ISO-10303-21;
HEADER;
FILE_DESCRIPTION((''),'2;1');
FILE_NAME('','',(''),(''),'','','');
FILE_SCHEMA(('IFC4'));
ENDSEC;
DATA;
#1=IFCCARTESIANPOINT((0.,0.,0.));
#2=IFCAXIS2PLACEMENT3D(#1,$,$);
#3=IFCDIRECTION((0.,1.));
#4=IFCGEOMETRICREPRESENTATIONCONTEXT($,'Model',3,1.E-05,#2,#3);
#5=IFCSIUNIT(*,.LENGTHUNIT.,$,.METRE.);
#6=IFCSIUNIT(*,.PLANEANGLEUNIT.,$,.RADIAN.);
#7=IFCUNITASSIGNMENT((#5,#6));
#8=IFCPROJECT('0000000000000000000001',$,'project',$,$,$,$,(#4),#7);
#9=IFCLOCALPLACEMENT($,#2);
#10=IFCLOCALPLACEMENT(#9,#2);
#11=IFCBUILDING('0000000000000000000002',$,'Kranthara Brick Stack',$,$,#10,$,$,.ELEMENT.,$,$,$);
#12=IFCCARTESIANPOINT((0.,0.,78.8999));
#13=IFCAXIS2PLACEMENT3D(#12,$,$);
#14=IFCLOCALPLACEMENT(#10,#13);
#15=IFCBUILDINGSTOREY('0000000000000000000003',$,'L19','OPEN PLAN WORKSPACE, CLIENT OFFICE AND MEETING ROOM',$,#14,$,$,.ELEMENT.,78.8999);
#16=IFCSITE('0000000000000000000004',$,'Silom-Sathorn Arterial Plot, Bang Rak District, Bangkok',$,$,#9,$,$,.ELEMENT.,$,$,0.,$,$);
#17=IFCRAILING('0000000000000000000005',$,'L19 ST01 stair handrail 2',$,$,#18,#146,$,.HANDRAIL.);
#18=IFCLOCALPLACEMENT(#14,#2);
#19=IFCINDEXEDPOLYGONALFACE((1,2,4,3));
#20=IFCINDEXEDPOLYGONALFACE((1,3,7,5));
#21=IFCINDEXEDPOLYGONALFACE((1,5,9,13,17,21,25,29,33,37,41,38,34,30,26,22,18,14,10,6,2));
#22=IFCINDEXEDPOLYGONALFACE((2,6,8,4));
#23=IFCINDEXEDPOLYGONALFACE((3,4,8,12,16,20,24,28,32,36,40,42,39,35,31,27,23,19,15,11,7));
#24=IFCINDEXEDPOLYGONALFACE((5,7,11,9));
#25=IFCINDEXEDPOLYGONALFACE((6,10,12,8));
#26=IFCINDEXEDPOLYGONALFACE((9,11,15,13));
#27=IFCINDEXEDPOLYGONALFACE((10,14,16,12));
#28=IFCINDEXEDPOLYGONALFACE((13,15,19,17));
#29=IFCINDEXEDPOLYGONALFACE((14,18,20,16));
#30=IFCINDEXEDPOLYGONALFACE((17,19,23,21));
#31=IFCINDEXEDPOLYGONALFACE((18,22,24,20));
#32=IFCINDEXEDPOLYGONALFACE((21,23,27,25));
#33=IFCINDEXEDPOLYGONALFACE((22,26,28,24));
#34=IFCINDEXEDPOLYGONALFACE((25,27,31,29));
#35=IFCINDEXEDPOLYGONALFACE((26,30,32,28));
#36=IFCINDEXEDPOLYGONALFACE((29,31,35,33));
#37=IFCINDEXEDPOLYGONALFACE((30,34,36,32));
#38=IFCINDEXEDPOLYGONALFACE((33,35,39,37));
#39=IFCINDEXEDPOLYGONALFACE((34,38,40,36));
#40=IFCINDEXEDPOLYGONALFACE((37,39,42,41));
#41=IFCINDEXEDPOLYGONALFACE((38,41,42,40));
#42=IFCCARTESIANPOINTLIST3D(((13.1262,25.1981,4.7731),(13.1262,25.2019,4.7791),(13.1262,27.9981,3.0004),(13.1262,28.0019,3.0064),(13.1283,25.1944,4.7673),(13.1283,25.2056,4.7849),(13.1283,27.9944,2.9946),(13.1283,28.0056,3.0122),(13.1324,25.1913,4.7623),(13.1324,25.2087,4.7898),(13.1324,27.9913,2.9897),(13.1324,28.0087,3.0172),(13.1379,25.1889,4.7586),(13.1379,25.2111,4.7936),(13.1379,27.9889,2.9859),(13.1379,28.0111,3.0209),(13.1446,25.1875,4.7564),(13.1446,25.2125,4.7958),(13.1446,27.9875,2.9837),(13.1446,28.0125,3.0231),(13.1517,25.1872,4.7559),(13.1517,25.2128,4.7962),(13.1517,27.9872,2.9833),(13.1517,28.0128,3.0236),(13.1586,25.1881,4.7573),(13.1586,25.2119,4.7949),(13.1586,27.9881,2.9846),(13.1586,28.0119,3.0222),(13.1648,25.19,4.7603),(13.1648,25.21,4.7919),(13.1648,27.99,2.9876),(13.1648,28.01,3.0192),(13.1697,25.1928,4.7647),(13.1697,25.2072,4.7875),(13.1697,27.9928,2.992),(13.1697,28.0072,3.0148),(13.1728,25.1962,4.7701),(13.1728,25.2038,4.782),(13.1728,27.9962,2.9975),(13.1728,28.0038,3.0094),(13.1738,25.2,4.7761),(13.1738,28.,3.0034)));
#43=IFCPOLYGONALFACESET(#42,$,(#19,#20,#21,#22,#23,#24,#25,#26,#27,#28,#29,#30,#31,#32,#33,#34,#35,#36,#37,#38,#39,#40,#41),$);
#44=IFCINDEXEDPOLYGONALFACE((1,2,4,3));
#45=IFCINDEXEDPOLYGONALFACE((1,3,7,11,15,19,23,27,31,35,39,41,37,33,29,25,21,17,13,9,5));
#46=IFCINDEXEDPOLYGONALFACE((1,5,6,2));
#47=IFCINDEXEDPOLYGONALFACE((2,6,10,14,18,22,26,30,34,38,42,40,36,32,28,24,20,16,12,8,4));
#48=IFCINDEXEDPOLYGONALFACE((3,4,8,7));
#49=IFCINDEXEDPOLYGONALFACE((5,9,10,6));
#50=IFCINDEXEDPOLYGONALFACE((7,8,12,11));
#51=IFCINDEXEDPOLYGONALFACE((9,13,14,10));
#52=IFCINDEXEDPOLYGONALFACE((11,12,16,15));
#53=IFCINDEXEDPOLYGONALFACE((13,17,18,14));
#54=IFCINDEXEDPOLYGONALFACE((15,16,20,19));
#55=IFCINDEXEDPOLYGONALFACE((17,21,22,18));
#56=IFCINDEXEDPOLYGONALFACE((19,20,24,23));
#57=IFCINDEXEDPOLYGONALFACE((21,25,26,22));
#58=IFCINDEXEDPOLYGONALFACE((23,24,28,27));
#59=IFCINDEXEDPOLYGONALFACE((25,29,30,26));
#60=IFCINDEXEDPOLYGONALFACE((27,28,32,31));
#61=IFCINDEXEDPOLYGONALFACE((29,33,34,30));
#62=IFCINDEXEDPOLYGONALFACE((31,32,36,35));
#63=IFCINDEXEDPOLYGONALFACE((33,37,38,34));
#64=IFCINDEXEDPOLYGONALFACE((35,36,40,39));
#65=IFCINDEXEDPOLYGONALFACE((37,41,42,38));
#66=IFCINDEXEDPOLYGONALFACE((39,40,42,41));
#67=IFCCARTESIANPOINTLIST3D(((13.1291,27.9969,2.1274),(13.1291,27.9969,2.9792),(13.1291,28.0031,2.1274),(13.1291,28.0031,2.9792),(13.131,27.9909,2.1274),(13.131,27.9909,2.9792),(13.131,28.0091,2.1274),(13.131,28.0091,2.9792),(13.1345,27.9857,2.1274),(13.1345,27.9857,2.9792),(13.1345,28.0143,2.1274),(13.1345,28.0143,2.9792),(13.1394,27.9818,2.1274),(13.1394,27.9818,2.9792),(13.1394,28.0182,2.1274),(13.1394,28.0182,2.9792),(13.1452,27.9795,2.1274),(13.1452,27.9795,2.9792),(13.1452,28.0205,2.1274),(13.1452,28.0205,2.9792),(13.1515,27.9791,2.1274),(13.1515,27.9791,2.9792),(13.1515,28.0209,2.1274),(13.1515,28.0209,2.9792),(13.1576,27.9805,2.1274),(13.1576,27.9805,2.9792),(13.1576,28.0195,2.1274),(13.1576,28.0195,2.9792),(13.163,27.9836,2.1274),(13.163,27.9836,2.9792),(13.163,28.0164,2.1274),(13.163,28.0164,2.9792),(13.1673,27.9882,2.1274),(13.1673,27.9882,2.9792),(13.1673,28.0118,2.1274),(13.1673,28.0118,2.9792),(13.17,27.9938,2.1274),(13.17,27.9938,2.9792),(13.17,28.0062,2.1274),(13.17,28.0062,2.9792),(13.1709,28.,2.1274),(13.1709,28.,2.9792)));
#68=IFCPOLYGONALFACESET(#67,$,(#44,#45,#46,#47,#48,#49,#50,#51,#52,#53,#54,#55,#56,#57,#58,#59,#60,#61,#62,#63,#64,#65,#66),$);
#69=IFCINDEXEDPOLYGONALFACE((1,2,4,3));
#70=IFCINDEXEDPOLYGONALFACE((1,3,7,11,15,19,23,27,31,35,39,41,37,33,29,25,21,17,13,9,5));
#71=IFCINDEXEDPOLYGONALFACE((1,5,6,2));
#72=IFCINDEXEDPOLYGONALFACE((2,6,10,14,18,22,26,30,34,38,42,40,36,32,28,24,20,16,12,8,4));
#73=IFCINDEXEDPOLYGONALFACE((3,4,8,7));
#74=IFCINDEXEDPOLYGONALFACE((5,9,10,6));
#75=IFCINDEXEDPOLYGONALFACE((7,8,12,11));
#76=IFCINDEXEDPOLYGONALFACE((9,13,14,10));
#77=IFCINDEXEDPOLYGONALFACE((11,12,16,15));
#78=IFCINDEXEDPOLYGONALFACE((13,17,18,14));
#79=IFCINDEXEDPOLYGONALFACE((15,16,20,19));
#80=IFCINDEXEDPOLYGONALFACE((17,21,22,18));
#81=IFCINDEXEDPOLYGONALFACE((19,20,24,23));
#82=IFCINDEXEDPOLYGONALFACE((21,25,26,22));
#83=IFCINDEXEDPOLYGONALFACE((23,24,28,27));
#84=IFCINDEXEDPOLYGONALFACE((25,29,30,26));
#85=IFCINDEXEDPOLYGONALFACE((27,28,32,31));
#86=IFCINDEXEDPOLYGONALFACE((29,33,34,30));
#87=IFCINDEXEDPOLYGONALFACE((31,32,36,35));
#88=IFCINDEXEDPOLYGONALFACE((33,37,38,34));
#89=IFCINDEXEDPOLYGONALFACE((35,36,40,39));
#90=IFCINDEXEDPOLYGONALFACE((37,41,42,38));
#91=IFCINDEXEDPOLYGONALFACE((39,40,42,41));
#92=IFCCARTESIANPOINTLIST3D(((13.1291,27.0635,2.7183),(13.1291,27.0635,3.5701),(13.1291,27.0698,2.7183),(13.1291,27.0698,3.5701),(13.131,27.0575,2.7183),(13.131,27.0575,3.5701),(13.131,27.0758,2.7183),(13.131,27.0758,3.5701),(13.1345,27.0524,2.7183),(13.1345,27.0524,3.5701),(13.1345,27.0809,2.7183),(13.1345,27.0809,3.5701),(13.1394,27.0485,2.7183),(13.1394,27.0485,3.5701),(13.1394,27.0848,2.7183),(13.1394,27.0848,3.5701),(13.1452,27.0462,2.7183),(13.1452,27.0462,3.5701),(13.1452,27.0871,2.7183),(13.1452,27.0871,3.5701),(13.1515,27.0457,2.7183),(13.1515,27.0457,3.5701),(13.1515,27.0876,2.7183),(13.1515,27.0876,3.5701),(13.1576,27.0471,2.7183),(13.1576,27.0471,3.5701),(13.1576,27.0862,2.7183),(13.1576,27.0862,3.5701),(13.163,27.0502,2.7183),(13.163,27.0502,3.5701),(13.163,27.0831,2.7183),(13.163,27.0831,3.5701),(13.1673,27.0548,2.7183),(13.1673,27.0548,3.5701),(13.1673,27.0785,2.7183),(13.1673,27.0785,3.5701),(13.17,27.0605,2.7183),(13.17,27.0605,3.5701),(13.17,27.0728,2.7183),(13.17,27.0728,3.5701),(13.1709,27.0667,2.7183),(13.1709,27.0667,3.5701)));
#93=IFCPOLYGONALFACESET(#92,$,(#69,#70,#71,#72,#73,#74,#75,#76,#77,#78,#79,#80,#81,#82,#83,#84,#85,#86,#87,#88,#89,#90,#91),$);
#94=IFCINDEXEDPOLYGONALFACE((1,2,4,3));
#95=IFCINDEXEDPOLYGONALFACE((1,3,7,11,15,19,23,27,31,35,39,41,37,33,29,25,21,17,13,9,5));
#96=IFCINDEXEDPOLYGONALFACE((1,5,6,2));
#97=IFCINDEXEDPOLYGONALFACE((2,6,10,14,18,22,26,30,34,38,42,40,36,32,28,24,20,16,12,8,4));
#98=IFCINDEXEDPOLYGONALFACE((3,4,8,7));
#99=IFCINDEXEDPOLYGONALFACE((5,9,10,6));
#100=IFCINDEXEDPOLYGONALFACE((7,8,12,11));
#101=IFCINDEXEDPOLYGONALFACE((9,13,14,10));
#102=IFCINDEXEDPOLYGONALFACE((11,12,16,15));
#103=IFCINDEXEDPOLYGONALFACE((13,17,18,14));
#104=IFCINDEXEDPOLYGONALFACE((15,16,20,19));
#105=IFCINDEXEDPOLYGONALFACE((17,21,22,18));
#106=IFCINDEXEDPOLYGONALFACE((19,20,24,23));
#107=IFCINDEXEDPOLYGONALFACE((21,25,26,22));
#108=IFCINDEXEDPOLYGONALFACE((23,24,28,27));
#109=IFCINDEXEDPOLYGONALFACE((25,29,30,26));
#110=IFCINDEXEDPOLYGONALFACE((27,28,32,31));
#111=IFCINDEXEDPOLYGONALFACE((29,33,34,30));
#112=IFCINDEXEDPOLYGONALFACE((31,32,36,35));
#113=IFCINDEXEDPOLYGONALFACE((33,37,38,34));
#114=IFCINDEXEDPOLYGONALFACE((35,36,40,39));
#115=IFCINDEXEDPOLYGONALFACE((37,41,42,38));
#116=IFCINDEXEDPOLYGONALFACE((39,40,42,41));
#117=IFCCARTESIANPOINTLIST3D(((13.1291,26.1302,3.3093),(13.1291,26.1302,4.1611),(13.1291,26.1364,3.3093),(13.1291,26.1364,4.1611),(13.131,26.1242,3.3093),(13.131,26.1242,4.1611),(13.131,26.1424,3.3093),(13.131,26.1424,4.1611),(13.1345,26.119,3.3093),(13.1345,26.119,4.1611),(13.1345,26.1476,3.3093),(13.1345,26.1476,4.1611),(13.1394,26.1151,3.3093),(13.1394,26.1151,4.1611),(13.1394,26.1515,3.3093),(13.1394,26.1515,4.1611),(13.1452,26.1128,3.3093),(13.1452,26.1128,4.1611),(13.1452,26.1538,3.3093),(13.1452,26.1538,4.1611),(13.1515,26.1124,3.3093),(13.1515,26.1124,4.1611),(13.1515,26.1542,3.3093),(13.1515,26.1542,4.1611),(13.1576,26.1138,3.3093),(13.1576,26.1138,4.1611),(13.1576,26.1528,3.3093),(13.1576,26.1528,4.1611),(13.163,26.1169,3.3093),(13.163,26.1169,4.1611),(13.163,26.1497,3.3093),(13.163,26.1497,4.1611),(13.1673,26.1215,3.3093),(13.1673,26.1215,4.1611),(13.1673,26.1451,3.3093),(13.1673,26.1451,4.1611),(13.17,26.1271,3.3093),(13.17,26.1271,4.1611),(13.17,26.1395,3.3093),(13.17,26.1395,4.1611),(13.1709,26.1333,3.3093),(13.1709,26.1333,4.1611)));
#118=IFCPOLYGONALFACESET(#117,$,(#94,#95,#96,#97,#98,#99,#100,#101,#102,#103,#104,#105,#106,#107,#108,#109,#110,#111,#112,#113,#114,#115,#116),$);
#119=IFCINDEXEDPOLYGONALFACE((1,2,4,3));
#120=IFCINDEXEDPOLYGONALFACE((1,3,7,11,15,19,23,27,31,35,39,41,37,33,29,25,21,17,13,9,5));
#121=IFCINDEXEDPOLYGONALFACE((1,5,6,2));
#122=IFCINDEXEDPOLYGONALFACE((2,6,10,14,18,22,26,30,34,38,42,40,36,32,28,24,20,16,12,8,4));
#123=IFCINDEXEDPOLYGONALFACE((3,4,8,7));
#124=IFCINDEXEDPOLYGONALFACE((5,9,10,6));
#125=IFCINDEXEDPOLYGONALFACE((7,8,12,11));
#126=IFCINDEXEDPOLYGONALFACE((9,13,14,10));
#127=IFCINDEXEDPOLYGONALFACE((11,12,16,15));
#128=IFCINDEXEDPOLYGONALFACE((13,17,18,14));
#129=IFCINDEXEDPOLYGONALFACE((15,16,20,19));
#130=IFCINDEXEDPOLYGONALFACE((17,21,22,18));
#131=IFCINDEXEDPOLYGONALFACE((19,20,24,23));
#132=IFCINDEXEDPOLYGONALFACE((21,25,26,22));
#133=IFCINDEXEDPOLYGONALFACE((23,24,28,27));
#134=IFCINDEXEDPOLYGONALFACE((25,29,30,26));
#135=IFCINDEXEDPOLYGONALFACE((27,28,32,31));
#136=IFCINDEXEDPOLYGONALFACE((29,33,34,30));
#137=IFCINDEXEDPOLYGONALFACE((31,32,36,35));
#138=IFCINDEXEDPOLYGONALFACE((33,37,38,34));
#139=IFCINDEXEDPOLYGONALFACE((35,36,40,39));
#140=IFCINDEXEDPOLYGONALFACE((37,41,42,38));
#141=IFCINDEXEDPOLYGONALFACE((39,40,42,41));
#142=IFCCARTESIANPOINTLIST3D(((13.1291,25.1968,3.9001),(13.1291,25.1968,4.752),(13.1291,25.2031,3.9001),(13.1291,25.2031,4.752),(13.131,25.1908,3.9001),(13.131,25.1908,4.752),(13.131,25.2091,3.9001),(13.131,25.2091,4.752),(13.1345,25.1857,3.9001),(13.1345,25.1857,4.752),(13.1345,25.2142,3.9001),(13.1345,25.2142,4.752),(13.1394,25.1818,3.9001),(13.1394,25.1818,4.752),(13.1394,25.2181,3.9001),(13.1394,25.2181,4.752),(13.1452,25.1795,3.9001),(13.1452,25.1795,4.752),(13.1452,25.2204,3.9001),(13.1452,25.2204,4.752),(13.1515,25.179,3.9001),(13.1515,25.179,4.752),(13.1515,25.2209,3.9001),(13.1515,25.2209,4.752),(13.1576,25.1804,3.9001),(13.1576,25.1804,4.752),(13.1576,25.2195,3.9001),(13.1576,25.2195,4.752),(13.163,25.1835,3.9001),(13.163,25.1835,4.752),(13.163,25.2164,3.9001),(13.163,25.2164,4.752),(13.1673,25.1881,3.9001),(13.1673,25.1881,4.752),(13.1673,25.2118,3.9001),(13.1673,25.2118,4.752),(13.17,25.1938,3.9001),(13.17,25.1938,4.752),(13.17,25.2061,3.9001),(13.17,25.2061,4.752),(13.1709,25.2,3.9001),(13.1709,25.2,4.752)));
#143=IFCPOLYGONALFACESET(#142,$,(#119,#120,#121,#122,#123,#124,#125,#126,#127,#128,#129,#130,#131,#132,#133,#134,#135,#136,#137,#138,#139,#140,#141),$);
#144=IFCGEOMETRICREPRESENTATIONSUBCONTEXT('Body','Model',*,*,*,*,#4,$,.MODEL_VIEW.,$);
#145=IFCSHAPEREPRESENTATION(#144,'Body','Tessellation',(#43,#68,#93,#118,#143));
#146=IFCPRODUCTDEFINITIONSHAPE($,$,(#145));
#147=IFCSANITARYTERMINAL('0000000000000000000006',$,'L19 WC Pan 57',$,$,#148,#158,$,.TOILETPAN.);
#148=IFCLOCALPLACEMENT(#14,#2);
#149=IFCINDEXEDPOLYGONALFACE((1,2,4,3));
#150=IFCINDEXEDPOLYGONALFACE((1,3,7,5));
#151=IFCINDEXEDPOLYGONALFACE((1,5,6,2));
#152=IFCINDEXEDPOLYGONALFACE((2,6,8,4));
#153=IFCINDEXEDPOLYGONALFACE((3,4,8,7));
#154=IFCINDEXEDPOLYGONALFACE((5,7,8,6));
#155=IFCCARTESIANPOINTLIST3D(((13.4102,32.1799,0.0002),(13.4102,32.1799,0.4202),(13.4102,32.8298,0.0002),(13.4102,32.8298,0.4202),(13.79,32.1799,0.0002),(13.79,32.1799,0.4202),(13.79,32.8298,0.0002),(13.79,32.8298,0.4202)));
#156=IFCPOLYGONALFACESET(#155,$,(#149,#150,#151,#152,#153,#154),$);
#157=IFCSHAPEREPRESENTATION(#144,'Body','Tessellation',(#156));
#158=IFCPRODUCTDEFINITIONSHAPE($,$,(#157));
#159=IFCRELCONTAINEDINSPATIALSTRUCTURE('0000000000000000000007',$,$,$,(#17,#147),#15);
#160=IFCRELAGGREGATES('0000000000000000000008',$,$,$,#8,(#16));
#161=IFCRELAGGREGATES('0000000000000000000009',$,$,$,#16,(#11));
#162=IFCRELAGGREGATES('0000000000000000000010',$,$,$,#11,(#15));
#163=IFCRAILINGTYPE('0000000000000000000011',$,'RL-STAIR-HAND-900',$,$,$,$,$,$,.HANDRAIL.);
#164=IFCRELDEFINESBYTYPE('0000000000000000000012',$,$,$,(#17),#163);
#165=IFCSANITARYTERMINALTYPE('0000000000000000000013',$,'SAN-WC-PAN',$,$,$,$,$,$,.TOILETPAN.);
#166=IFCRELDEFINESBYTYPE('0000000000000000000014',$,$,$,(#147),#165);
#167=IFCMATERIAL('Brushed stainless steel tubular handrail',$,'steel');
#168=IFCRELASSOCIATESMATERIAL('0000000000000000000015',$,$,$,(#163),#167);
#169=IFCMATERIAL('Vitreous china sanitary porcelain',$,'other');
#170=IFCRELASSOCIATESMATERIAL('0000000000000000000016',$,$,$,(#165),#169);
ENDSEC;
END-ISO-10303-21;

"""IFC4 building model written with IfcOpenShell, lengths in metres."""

from ifc_helpers import new_model, si_unit, direction, frame, origin, origin_2d, place, context, subcontext, project, spatial, rectangle, circle, extrude, material, type_object, element, save


model = new_model("IFC4")

# Units and contexts
model_context = context("Model", 3, precision=1e-05, world=origin(), true_north=direction((0.0, 1.0)))
body_context = subcontext(model_context, "Body", "Model", "MODEL_VIEW")
ifc_project = project(units=[si_unit("LENGTHUNIT", "METRE"), si_unit("PLANEANGLEUNIT", "RADIAN")], contexts=[model_context])

# Site, building, storey
site_placement = place(None, origin())
site = spatial("IfcSite", under=ifc_project, at=site_placement, Name="Silom-Sathorn Arterial Plot, Bang Rak District, Bangkok", CompositionType="ELEMENT", RefElevation=0.0)
building_placement = place(site_placement, origin())
building = spatial("IfcBuilding", under=site, at=building_placement, Name="Kranthara Brick Stack", CompositionType="ELEMENT")
storey_placement = place(building_placement, frame((0.0, 0.0, 78.8999)))
storey = spatial("IfcBuildingStorey", under=building, at=storey_placement, Name="L19", Description="OPEN PLAN WORKSPACE, CLIENT OFFICE AND MEETING ROOM", CompositionType="ELEMENT", Elevation=78.8999)

# Railing
ifc_material_1 = material(Name="Brushed stainless steel tubular handrail", Category="steel")
railing_type_1 = type_object("IfcRailingType", Name="RL-STAIR-HAND-900", PredefinedType="HANDRAIL", material=ifc_material_1)
railing_1_placement = place(storey_placement, frame((13.1499, 28.0, 2.1274)))
element("IfcRailing", 1, at=railing_1_placement, inside=storey, type_object=railing_type_1, Name="L19 ST01 stair handrail 2", PredefinedType="HANDRAIL", context=body_context, shape_type="SweptSolid", body=[
    extrude(circle(Radius=0.0239, at=origin_2d()), frame((0.0, 0.0, 0.876), z_axis=(0.0, -0.844909, 0.53491), x_axis=(1.0, 0.0, 0.0)), (0.0, 0.0, 1.0), 3.314),
    extrude(circle(Radius=0.021, at=origin_2d()), origin(), (0.0, 0.0, 1.0), 0.8518),
    extrude(circle(Radius=0.021, at=origin_2d()), frame((0.0, -0.9333, 0.5908)), (0.0, 0.0, 1.0), 0.8518),
    extrude(circle(Radius=0.021, at=origin_2d()), frame((0.0, -1.8667, 1.1819)), (0.0, 0.0, 1.0), 0.8518),
    extrude(circle(Radius=0.021, at=origin_2d()), frame((0.0, -2.8, 1.7727)), (0.0, 0.0, 1.0), 0.8518),
])

# Sanitary terminal
ifc_material_2 = material(Name="Vitreous china sanitary porcelain", Category="other")
sanitary_terminal_type = type_object("IfcSanitaryTerminalType", Name="SAN-WC-PAN", PredefinedType="TOILETPAN", material=ifc_material_2)
sanitary_terminal_placement = place(storey_placement, frame((13.6001, 32.5049, 0.0002), z_axis=(0.0, 0.0, 1.0), x_axis=(1.0, 0.0, 0.0)))
element("IfcSanitaryTerminal", 2, at=sanitary_terminal_placement, inside=storey, type_object=sanitary_terminal_type, Name="L19 WC Pan 57", PredefinedType="TOILETPAN", context=body_context, shape_type="SweptSolid", body=[
    extrude(rectangle(XDim=0.3799, YDim=0.6499, at=origin_2d()), origin(), (0.0, 0.0, 1.0), 0.4199),
])

save(model, "model.ifc")
